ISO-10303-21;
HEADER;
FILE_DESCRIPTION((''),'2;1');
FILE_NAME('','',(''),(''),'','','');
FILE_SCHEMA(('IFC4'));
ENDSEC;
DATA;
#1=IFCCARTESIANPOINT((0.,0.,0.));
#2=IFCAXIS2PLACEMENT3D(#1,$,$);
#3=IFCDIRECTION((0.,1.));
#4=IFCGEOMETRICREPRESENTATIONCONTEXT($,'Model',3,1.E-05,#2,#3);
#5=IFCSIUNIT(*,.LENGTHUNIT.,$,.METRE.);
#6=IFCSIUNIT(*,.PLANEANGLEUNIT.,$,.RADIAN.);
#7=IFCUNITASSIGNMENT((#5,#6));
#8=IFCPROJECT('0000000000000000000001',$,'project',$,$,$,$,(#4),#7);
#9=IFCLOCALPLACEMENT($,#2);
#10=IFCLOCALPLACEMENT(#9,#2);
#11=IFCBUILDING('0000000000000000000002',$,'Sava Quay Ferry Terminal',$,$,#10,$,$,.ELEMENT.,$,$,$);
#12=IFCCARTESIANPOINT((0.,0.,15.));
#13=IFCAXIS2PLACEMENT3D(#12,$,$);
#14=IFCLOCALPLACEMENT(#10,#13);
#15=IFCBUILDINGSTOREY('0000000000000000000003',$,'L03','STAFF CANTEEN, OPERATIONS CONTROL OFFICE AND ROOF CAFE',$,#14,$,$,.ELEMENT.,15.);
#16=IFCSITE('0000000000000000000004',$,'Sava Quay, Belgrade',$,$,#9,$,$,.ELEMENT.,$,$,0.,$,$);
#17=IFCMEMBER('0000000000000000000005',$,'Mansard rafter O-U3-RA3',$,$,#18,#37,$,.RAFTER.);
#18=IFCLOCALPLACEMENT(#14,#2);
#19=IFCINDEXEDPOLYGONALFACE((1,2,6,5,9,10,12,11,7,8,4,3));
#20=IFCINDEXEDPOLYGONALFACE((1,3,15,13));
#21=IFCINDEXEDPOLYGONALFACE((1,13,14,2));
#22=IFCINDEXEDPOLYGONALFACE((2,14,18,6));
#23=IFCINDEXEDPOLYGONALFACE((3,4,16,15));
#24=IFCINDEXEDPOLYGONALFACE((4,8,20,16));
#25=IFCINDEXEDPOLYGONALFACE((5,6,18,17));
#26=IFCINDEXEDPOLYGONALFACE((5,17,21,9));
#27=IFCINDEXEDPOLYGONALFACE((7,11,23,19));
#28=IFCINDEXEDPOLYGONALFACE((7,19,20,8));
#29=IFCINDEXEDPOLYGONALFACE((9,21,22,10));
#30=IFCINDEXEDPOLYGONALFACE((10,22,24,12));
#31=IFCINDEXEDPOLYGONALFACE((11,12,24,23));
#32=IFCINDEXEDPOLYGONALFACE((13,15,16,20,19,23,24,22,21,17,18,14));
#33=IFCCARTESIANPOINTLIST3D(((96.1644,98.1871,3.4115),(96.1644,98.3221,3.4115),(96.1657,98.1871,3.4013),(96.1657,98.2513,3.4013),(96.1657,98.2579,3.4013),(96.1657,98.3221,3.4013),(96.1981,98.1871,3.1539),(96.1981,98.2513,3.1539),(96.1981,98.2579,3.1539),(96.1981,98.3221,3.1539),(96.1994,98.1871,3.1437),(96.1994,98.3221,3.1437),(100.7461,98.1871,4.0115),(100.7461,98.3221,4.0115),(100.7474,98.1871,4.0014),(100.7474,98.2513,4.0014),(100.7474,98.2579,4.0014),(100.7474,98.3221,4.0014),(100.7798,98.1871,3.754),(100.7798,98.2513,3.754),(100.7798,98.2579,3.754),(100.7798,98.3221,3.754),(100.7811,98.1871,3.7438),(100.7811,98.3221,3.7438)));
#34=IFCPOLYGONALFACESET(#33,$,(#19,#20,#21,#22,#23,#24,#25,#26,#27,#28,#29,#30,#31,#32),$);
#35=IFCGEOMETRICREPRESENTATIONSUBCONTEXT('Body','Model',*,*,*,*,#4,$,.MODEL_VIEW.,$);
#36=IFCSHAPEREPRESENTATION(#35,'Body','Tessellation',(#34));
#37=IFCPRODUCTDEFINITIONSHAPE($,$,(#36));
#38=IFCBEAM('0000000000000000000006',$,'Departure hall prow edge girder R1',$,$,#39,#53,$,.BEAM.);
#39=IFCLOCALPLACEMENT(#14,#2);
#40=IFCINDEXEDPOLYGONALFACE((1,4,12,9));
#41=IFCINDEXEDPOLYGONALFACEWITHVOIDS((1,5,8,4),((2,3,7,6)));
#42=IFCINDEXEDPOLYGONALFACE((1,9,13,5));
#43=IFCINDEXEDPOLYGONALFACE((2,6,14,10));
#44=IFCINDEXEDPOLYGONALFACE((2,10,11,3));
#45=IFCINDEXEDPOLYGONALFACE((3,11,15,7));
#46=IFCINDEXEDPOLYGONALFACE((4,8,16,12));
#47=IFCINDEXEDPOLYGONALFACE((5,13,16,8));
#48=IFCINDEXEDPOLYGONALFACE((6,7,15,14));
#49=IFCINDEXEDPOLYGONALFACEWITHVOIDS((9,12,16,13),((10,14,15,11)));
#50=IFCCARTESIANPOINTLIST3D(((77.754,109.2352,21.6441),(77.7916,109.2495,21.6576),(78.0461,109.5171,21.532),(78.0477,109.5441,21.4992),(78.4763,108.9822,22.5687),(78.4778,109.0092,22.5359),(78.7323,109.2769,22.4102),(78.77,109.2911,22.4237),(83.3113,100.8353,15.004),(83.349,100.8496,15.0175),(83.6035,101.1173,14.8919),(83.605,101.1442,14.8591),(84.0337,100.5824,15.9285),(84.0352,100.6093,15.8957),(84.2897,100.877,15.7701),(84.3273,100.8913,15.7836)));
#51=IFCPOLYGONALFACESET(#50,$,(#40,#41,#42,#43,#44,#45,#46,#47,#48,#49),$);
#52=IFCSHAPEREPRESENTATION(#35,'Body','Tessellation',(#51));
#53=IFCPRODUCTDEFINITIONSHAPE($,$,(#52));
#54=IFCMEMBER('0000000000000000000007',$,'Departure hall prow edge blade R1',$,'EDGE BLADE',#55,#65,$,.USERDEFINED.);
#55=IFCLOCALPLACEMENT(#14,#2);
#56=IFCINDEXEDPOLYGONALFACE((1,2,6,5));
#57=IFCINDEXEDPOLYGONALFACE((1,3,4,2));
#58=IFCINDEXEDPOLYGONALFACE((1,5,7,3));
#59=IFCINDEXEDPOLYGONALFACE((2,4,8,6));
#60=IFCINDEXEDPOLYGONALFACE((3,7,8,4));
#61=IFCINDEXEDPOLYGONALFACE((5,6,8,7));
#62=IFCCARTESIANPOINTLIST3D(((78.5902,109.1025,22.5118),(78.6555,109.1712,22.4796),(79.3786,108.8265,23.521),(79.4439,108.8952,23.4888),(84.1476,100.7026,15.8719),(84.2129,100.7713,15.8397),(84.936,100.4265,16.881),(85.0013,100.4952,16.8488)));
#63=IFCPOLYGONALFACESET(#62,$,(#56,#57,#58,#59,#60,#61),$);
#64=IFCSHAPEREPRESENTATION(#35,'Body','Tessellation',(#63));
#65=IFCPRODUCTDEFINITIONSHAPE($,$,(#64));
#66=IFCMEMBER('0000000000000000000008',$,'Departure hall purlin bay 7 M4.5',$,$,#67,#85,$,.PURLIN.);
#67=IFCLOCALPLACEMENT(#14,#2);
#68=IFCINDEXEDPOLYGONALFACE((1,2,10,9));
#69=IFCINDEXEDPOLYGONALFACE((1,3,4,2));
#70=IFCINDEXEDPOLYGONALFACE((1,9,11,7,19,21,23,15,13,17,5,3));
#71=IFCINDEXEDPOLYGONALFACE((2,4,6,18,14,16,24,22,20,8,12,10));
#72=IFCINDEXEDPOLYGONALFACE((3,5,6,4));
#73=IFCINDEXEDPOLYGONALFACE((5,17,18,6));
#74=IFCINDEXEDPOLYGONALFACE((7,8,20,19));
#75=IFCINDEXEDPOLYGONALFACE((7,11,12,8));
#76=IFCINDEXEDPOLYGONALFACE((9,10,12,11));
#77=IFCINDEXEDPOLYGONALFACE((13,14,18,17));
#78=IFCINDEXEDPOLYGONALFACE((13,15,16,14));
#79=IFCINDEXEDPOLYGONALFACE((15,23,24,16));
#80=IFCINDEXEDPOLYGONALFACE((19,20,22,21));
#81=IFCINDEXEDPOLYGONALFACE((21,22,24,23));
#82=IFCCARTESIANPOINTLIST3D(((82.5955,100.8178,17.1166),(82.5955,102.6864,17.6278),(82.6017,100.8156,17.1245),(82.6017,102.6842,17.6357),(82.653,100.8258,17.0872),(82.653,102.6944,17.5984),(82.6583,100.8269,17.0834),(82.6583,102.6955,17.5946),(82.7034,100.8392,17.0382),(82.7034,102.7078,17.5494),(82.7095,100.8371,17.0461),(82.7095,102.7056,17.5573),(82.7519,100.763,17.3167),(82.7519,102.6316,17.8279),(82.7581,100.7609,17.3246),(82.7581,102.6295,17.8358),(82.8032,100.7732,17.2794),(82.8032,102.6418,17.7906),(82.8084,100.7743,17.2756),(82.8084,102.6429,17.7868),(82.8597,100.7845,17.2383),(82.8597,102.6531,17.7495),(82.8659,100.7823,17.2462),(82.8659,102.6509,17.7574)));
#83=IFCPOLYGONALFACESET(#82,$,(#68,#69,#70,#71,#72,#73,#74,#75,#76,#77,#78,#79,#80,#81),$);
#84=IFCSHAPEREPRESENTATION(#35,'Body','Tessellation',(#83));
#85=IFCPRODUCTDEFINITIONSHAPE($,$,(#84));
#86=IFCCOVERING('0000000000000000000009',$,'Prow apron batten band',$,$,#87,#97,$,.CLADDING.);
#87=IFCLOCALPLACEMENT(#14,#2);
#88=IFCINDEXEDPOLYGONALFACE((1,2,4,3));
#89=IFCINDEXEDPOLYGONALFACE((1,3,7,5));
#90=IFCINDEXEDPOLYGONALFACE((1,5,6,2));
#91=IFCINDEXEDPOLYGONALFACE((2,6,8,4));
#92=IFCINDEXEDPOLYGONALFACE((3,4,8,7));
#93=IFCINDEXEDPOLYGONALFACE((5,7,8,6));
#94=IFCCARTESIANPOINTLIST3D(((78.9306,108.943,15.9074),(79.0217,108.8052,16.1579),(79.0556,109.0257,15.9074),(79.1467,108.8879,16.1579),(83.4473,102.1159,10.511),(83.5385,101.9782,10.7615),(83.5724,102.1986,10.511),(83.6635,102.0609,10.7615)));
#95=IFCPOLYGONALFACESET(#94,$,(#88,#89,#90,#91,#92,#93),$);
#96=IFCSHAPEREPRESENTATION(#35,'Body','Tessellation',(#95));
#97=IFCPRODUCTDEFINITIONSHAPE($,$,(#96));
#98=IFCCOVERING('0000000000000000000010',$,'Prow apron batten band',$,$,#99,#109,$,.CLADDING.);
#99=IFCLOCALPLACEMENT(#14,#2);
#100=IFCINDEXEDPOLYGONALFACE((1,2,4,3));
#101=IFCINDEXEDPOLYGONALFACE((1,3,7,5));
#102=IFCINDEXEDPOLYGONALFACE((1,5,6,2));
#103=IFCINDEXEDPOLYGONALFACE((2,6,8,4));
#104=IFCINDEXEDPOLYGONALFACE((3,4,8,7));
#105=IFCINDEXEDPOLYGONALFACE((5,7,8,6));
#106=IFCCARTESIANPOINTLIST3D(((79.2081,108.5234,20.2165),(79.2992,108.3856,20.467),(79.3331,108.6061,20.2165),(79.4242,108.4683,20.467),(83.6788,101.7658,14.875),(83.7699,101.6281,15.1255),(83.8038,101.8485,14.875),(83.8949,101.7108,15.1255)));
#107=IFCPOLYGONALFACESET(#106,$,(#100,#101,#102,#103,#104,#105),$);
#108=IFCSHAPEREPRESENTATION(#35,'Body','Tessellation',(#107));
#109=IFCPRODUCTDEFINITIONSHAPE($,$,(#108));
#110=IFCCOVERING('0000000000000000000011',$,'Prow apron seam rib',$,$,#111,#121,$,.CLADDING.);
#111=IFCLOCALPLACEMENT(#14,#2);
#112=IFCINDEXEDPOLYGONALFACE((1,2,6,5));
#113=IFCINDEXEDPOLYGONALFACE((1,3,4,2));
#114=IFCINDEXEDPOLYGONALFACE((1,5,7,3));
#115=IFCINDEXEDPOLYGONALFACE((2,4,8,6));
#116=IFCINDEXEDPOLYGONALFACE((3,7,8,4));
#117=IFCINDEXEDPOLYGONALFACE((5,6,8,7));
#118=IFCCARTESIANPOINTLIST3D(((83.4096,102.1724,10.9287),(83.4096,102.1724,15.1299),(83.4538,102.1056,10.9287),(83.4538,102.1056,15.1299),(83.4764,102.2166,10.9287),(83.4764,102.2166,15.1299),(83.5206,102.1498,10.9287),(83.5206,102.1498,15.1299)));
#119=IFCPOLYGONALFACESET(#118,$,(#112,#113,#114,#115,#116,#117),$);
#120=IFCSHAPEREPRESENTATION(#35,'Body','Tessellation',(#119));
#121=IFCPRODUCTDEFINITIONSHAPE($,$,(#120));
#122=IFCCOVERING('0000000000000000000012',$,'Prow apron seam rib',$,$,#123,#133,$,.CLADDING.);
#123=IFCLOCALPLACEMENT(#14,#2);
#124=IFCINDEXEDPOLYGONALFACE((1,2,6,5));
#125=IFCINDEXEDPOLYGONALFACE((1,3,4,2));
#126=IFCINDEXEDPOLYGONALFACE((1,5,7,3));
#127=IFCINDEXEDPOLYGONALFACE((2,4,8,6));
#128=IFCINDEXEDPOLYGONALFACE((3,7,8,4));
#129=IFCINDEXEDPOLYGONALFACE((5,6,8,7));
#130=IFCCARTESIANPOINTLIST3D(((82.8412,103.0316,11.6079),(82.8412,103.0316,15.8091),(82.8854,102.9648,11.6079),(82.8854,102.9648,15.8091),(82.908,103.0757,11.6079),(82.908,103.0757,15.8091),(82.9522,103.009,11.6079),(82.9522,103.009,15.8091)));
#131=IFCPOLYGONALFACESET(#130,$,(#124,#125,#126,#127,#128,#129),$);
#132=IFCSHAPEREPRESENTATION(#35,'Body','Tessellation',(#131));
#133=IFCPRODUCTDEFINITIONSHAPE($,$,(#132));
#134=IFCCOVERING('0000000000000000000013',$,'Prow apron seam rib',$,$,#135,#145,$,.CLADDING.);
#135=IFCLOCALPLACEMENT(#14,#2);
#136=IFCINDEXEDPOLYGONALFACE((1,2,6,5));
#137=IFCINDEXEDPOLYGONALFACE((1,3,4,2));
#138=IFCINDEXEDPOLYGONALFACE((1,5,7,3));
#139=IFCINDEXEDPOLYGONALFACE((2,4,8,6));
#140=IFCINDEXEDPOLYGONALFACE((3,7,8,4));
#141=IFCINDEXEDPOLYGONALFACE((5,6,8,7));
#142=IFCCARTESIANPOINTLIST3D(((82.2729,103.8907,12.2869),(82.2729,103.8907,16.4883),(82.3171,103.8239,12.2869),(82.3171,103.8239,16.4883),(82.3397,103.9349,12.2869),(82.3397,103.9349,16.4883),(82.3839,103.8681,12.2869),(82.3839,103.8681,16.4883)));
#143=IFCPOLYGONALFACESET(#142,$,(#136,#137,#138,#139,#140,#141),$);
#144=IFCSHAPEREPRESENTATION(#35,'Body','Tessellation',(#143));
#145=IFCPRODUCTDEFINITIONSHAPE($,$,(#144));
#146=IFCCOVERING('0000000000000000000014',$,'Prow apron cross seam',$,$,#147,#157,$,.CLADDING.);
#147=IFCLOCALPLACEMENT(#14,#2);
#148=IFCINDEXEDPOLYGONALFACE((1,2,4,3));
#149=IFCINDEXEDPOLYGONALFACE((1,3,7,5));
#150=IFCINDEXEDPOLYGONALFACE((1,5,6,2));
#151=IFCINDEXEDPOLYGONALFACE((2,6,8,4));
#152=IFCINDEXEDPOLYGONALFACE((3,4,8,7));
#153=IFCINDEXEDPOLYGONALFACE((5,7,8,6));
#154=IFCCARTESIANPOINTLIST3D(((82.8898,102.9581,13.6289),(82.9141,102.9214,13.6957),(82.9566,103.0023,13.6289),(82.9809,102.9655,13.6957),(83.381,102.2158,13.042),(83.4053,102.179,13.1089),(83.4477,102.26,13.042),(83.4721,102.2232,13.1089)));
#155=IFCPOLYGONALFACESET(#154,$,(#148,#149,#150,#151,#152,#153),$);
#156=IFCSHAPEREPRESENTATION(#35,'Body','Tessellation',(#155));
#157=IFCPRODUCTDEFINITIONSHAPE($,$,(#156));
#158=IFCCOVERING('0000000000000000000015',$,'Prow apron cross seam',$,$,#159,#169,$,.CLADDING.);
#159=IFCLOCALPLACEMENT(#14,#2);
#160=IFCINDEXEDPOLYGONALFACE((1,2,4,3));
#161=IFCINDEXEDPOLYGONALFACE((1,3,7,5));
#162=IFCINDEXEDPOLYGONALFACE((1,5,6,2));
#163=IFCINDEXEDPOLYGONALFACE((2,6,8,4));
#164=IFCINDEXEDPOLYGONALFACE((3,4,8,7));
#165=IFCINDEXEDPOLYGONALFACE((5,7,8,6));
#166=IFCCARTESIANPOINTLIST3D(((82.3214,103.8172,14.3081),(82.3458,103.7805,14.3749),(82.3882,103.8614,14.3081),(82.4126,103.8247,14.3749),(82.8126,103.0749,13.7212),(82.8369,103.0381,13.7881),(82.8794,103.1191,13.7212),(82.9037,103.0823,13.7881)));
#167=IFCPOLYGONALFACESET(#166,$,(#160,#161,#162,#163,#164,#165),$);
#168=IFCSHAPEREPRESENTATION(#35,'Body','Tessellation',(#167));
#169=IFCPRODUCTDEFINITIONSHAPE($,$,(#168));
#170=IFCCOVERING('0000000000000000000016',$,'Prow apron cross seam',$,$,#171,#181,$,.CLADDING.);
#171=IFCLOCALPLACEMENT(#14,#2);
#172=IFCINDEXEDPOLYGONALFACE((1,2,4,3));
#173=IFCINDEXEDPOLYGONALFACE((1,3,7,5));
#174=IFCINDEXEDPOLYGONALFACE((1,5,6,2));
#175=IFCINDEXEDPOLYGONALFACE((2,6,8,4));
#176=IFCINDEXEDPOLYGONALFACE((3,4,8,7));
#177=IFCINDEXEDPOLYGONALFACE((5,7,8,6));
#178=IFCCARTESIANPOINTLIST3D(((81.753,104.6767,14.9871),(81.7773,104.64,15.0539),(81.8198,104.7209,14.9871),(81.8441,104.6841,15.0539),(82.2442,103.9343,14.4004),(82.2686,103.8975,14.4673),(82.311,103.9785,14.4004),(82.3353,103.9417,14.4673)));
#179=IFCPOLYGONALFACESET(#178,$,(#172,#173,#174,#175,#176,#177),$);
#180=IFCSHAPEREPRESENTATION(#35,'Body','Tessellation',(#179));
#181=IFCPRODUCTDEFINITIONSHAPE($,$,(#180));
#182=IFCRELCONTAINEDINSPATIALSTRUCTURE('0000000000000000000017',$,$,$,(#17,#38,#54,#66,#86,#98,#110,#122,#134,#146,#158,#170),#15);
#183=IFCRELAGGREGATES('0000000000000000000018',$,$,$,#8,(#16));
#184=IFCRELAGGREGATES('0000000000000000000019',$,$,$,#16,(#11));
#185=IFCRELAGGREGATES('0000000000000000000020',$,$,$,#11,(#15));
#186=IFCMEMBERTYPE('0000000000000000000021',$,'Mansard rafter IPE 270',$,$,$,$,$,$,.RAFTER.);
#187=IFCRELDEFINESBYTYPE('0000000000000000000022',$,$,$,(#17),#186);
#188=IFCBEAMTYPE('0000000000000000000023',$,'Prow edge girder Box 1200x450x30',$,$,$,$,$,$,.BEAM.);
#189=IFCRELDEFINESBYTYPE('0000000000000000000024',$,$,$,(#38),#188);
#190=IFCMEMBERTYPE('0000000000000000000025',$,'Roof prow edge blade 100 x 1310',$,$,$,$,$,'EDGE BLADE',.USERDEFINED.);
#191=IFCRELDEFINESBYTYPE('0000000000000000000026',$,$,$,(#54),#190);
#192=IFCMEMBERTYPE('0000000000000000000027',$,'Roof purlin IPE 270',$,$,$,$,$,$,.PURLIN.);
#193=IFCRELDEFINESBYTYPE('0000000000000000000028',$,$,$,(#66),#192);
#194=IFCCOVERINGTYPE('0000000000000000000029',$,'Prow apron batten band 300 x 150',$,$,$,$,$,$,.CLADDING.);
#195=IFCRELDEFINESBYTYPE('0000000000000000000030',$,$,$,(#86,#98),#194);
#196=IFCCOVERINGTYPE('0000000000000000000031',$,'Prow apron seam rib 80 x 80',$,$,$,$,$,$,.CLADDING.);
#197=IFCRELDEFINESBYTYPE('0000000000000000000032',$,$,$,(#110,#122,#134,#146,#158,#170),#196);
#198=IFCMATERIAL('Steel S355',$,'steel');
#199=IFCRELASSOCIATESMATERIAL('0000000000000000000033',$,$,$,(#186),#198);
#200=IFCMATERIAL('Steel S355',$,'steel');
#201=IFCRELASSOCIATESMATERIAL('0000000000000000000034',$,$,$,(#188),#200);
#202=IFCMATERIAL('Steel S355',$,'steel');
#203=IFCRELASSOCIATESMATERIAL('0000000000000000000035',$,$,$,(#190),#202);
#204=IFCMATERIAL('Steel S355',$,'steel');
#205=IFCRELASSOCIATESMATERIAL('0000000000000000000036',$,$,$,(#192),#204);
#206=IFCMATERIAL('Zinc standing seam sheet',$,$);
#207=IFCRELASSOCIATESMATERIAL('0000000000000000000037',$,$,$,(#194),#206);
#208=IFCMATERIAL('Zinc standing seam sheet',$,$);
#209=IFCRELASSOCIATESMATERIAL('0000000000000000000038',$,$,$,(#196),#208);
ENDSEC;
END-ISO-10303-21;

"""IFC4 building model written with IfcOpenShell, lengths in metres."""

from ifc_helpers import new_model, si_unit, direction, frame, origin, origin_2d, place, context, subcontext, project, spatial, polyline, rectangle, i_section, outline, extrude, material, material_profile, profile_set, type_object, element, save


model = new_model("IFC4")

# Units and contexts
model_context = context("Model", 3, precision=1e-05, world=origin(), true_north=direction((0.0, 1.0)))
body_context = subcontext(model_context, "Body", "Model", "MODEL_VIEW")
ifc_project = project(units=[si_unit("LENGTHUNIT", "METRE"), si_unit("PLANEANGLEUNIT", "RADIAN")], contexts=[model_context])

# Site, building, storey
site_placement = place(None, origin())
site = spatial("IfcSite", under=ifc_project, at=site_placement, Name="Sava Quay, Belgrade", CompositionType="ELEMENT", RefElevation=0.0)
building_placement = place(site_placement, origin())
building = spatial("IfcBuilding", under=site, at=building_placement, Name="Sava Quay Ferry Terminal", CompositionType="ELEMENT")
storey_placement = place(building_placement, frame((0.0, 0.0, 15.0)))
storey = spatial("IfcBuildingStorey", under=building, at=storey_placement, Name="L03", Description="STAFF CANTEEN, OPERATIONS CONTROL OFFICE AND ROOF CAFE", CompositionType="ELEMENT", Elevation=15.0)

# Member
ifc_material_1 = material(Name="Steel S355", Category="steel")
ifc_material_profile_1 = material_profile(ifc_material_1, i_section(OverallWidth=0.135, OverallDepth=0.27, WebThickness=0.0066, FlangeThickness=0.0103, at=origin_2d()), Name="IPE 270")
ifc_profile_set_1 = profile_set([ifc_material_profile_1], Name="Steel S355")
member_type_1 = type_object("IfcMemberType", Name="Mansard rafter IPE 270", PredefinedType="RAFTER", material=ifc_profile_set_1)
member_1_placement = place(storey_placement, frame((96.1819, 98.2546, 3.2776), z_axis=(0.991532, 0.0, 0.129865), x_axis=(0.0, 1.0, 0.0)))
element("IfcMember", 1, at=member_1_placement, inside=storey, type_object=member_type_1, Name="Mansard rafter O-U3-RA3", PredefinedType="RAFTER", context=body_context, shape_type="SweptSolid", body=[
    extrude(i_section(OverallWidth=0.135, OverallDepth=0.27, WebThickness=0.0066, FlangeThickness=0.0103, at=origin_2d()), origin(), (0.0, 0.0, 1.0), 4.6208),
])

# Beam
ifc_material_2 = material(Name="Steel S355", Category="steel")
ifc_material_profile_2 = material_profile(ifc_material_2, outline(polyline([(-0.2251, -0.6001), (0.2251, -0.6001), (0.2251, 0.6001), (-0.2251, 0.6001), (-0.2251, -0.6001)]), holes=[polyline([(-0.1951, -0.5701), (-0.1951, 0.5701), (0.1951, 0.5701), (0.1951, -0.5701), (-0.1951, -0.5701)])]), Name="Box 1200x450x30 built-up")
ifc_profile_set_2 = profile_set([ifc_material_profile_2], Name="Steel S355")
beam_type = type_object("IfcBeamType", Name="Prow edge girder Box 1200x450x30", PredefinedType="BEAM", material=ifc_profile_set_2)
beam_placement = place(storey_placement, frame((83.8193, 100.8633, 15.3938), z_axis=(-0.460667, 0.696293, 0.55042), x_axis=(-0.652356, -0.686121, 0.321976)))
element("IfcBeam", 2, at=beam_placement, inside=storey, type_object=beam_type, Name="Departure hall prow edge girder R1", PredefinedType="BEAM", context=body_context, shape_type="SweptSolid", body=[
    extrude(outline(polyline([(-0.2251, -0.6001), (0.2251, -0.6001), (0.2251, 0.6001), (-0.2251, 0.6001), (-0.2251, -0.6001)]), holes=[polyline([(-0.1951, -0.5701), (-0.1951, 0.5701), (0.1951, 0.5701), (0.1951, -0.5701), (-0.1951, -0.5701)])]), origin(), (0.0, 0.0, 1.0), 12.0637),
])

# Members
ifc_material_3 = material(Name="Steel S355", Category="steel")
ifc_material_profile_3 = material_profile(ifc_material_3, rectangle(XDim=0.1001, YDim=1.3101, at=origin_2d()), Name="Blade 100 x 1310")
ifc_profile_set_3 = profile_set([ifc_material_profile_3], Name="Steel S355")
member_type_2 = type_object("IfcMemberType", Name="Roof prow edge blade 100 x 1310", ElementType="EDGE BLADE", PredefinedType="USERDEFINED", material=ifc_profile_set_3)
member_2_placement = place(storey_placement, frame((84.5745, 100.5989, 16.3604), z_axis=(-0.460672, 0.6963, 0.550406), x_axis=(-0.652359, -0.686117, 0.32198)))
element("IfcMember", 3, at=member_2_placement, inside=storey, type_object=member_type_2, Name="Departure hall prow edge blade R1", ObjectType="EDGE BLADE", PredefinedType="USERDEFINED", context=body_context, shape_type="SweptSolid", body=[
    extrude(rectangle(XDim=0.1001, YDim=1.3101, at=origin_2d()), origin(), (0.0, 0.0, 1.0), 12.0637),
])
ifc_material_4 = material(Name="Steel S355", Category="steel")
ifc_material_profile_4 = material_profile(ifc_material_4, i_section(OverallWidth=0.135, OverallDepth=0.27, WebThickness=0.0066, FlangeThickness=0.0103, at=origin_2d()), Name="IPE 270")
ifc_profile_set_4 = profile_set([ifc_material_profile_4], Name="Steel S355")
member_type_3 = type_object("IfcMemberType", Name="Roof purlin IPE 270", PredefinedType="PURLIN", material=ifc_profile_set_4)
member_3_placement = place(storey_placement, frame((82.7307, 100.8, 17.1814), z_axis=(0.0, 0.964554, 0.263885), x_axis=(-0.79862, -0.158815, 0.580503)))
element("IfcMember", 4, at=member_3_placement, inside=storey, type_object=member_type_3, Name="Departure hall purlin bay 7 M4.5", PredefinedType="PURLIN", context=body_context, shape_type="SweptSolid", body=[
    extrude(i_section(OverallWidth=0.135, OverallDepth=0.27, WebThickness=0.0066, FlangeThickness=0.0103, at=origin_2d()), origin(), (0.0, 0.0, 1.0), 1.9373),
])

# Coverings
ifc_material_5 = material(Name="Zinc standing seam sheet")
ifc_material_profile_5 = material_profile(ifc_material_5, rectangle(XDim=0.3, YDim=0.1499, at=origin_2d()), Name="Strip 300 x 150")
ifc_profile_set_5 = profile_set([ifc_material_profile_5], Name="Zinc standing seam sheet")
covering_type_1 = type_object("IfcCoveringType", Name="Prow apron batten band 300 x 150", PredefinedType="CLADDING", material=ifc_profile_set_5)
covering_1_placement = place(storey_placement, frame((83.5554, 102.0884, 10.6362), z_axis=(-0.460677, 0.696308, 0.550393), x_axis=(0.303691, -0.459025, 0.834906)))
element("IfcCovering", 5, at=covering_1_placement, inside=storey, type_object=covering_type_1, Name="Prow apron batten band", PredefinedType="CLADDING", context=body_context, shape_type="SweptSolid", body=[
    extrude(rectangle(XDim=0.3, YDim=0.1499, at=origin_2d()), origin(), (0.0, 0.0, 1.0), 9.8047),
])
covering_2_placement = place(storey_placement, frame((83.7869, 101.7383, 15.0002), z_axis=(-0.460667, 0.696308, 0.5504), x_axis=(0.30369, -0.459035, 0.834901)))
element("IfcCovering", 6, at=covering_2_placement, inside=storey, type_object=covering_type_1, Name="Prow apron batten band", PredefinedType="CLADDING", context=body_context, shape_type="SweptSolid", body=[
    extrude(rectangle(XDim=0.3, YDim=0.1499, at=origin_2d()), origin(), (0.0, 0.0, 1.0), 9.7048),
])
ifc_material_6 = material(Name="Zinc standing seam sheet")
ifc_material_profile_6 = material_profile(ifc_material_6, rectangle(XDim=0.0801, YDim=0.0801, at=origin_2d()), Name="Strip 80 x 80")
ifc_profile_set_6 = profile_set([ifc_material_profile_6], Name="Zinc standing seam sheet")
covering_type_2 = type_object("IfcCoveringType", Name="Prow apron seam rib 80 x 80", PredefinedType="CLADDING", material=ifc_profile_set_6)
for number, where, z_axis, x_axis, name in (
    (7, (83.4651, 102.1611, 10.9287), (0.0, 0.0, 1.0), (0.551771, -0.833996, 0.0), "Prow apron seam rib"),
    (8, (82.8967, 103.0203, 11.6079), (0.0, 0.0, 1.0), (0.551771, -0.833996, 0.0), "Prow apron seam rib"),
):
    element("IfcCovering", number, at=place(storey_placement, frame(where, z_axis=z_axis, x_axis=x_axis)), inside=storey, type_object=covering_type_2, Name=name, PredefinedType="CLADDING", context=body_context, shape_type="SweptSolid", body=[
        extrude(rectangle(XDim=0.0801, YDim=0.0801, at=origin_2d()), origin(), (0.0, 0.0, 1.0), 4.2012),
    ])
covering_3_placement = place(storey_placement, frame((82.3284, 103.8794, 12.2869), z_axis=(0.0, 0.0, 1.0), x_axis=(0.551771, -0.833996, 0.0)))
element("IfcCovering", 9, at=covering_3_placement, inside=storey, type_object=covering_type_2, Name="Prow apron seam rib", PredefinedType="CLADDING", context=body_context, shape_type="SweptSolid", body=[
    extrude(rectangle(XDim=0.0801, YDim=0.0801, at=origin_2d()), origin(), (0.0, 0.0, 1.0), 4.2014),
])
for number, where, z_axis, x_axis, name in (
    (10, (83.4265, 102.2195, 13.0754), (-0.460676, 0.69628, 0.55043), (0.303719, -0.459051, 0.834882), "Prow apron cross seam"),
    (11, (82.8582, 103.0786, 13.7546), (-0.460676, 0.69628, 0.55043), (0.303719, -0.459051, 0.834882), "Prow apron cross seam"),
    (12, (82.2898, 103.938, 14.4338), (-0.460734, 0.696367, 0.55027), (0.303631, -0.458917, 0.834987), "Prow apron cross seam"),
):
    element("IfcCovering", number, at=place(storey_placement, frame(where, z_axis=z_axis, x_axis=x_axis)), inside=storey, type_object=covering_type_2, Name=name, PredefinedType="CLADDING", context=body_context, shape_type="SweptSolid", body=[
        extrude(rectangle(XDim=0.0801, YDim=0.0801, at=origin_2d()), origin(), (0.0, 0.0, 1.0), 1.0662),
    ])

save(model, "model.ifc")
